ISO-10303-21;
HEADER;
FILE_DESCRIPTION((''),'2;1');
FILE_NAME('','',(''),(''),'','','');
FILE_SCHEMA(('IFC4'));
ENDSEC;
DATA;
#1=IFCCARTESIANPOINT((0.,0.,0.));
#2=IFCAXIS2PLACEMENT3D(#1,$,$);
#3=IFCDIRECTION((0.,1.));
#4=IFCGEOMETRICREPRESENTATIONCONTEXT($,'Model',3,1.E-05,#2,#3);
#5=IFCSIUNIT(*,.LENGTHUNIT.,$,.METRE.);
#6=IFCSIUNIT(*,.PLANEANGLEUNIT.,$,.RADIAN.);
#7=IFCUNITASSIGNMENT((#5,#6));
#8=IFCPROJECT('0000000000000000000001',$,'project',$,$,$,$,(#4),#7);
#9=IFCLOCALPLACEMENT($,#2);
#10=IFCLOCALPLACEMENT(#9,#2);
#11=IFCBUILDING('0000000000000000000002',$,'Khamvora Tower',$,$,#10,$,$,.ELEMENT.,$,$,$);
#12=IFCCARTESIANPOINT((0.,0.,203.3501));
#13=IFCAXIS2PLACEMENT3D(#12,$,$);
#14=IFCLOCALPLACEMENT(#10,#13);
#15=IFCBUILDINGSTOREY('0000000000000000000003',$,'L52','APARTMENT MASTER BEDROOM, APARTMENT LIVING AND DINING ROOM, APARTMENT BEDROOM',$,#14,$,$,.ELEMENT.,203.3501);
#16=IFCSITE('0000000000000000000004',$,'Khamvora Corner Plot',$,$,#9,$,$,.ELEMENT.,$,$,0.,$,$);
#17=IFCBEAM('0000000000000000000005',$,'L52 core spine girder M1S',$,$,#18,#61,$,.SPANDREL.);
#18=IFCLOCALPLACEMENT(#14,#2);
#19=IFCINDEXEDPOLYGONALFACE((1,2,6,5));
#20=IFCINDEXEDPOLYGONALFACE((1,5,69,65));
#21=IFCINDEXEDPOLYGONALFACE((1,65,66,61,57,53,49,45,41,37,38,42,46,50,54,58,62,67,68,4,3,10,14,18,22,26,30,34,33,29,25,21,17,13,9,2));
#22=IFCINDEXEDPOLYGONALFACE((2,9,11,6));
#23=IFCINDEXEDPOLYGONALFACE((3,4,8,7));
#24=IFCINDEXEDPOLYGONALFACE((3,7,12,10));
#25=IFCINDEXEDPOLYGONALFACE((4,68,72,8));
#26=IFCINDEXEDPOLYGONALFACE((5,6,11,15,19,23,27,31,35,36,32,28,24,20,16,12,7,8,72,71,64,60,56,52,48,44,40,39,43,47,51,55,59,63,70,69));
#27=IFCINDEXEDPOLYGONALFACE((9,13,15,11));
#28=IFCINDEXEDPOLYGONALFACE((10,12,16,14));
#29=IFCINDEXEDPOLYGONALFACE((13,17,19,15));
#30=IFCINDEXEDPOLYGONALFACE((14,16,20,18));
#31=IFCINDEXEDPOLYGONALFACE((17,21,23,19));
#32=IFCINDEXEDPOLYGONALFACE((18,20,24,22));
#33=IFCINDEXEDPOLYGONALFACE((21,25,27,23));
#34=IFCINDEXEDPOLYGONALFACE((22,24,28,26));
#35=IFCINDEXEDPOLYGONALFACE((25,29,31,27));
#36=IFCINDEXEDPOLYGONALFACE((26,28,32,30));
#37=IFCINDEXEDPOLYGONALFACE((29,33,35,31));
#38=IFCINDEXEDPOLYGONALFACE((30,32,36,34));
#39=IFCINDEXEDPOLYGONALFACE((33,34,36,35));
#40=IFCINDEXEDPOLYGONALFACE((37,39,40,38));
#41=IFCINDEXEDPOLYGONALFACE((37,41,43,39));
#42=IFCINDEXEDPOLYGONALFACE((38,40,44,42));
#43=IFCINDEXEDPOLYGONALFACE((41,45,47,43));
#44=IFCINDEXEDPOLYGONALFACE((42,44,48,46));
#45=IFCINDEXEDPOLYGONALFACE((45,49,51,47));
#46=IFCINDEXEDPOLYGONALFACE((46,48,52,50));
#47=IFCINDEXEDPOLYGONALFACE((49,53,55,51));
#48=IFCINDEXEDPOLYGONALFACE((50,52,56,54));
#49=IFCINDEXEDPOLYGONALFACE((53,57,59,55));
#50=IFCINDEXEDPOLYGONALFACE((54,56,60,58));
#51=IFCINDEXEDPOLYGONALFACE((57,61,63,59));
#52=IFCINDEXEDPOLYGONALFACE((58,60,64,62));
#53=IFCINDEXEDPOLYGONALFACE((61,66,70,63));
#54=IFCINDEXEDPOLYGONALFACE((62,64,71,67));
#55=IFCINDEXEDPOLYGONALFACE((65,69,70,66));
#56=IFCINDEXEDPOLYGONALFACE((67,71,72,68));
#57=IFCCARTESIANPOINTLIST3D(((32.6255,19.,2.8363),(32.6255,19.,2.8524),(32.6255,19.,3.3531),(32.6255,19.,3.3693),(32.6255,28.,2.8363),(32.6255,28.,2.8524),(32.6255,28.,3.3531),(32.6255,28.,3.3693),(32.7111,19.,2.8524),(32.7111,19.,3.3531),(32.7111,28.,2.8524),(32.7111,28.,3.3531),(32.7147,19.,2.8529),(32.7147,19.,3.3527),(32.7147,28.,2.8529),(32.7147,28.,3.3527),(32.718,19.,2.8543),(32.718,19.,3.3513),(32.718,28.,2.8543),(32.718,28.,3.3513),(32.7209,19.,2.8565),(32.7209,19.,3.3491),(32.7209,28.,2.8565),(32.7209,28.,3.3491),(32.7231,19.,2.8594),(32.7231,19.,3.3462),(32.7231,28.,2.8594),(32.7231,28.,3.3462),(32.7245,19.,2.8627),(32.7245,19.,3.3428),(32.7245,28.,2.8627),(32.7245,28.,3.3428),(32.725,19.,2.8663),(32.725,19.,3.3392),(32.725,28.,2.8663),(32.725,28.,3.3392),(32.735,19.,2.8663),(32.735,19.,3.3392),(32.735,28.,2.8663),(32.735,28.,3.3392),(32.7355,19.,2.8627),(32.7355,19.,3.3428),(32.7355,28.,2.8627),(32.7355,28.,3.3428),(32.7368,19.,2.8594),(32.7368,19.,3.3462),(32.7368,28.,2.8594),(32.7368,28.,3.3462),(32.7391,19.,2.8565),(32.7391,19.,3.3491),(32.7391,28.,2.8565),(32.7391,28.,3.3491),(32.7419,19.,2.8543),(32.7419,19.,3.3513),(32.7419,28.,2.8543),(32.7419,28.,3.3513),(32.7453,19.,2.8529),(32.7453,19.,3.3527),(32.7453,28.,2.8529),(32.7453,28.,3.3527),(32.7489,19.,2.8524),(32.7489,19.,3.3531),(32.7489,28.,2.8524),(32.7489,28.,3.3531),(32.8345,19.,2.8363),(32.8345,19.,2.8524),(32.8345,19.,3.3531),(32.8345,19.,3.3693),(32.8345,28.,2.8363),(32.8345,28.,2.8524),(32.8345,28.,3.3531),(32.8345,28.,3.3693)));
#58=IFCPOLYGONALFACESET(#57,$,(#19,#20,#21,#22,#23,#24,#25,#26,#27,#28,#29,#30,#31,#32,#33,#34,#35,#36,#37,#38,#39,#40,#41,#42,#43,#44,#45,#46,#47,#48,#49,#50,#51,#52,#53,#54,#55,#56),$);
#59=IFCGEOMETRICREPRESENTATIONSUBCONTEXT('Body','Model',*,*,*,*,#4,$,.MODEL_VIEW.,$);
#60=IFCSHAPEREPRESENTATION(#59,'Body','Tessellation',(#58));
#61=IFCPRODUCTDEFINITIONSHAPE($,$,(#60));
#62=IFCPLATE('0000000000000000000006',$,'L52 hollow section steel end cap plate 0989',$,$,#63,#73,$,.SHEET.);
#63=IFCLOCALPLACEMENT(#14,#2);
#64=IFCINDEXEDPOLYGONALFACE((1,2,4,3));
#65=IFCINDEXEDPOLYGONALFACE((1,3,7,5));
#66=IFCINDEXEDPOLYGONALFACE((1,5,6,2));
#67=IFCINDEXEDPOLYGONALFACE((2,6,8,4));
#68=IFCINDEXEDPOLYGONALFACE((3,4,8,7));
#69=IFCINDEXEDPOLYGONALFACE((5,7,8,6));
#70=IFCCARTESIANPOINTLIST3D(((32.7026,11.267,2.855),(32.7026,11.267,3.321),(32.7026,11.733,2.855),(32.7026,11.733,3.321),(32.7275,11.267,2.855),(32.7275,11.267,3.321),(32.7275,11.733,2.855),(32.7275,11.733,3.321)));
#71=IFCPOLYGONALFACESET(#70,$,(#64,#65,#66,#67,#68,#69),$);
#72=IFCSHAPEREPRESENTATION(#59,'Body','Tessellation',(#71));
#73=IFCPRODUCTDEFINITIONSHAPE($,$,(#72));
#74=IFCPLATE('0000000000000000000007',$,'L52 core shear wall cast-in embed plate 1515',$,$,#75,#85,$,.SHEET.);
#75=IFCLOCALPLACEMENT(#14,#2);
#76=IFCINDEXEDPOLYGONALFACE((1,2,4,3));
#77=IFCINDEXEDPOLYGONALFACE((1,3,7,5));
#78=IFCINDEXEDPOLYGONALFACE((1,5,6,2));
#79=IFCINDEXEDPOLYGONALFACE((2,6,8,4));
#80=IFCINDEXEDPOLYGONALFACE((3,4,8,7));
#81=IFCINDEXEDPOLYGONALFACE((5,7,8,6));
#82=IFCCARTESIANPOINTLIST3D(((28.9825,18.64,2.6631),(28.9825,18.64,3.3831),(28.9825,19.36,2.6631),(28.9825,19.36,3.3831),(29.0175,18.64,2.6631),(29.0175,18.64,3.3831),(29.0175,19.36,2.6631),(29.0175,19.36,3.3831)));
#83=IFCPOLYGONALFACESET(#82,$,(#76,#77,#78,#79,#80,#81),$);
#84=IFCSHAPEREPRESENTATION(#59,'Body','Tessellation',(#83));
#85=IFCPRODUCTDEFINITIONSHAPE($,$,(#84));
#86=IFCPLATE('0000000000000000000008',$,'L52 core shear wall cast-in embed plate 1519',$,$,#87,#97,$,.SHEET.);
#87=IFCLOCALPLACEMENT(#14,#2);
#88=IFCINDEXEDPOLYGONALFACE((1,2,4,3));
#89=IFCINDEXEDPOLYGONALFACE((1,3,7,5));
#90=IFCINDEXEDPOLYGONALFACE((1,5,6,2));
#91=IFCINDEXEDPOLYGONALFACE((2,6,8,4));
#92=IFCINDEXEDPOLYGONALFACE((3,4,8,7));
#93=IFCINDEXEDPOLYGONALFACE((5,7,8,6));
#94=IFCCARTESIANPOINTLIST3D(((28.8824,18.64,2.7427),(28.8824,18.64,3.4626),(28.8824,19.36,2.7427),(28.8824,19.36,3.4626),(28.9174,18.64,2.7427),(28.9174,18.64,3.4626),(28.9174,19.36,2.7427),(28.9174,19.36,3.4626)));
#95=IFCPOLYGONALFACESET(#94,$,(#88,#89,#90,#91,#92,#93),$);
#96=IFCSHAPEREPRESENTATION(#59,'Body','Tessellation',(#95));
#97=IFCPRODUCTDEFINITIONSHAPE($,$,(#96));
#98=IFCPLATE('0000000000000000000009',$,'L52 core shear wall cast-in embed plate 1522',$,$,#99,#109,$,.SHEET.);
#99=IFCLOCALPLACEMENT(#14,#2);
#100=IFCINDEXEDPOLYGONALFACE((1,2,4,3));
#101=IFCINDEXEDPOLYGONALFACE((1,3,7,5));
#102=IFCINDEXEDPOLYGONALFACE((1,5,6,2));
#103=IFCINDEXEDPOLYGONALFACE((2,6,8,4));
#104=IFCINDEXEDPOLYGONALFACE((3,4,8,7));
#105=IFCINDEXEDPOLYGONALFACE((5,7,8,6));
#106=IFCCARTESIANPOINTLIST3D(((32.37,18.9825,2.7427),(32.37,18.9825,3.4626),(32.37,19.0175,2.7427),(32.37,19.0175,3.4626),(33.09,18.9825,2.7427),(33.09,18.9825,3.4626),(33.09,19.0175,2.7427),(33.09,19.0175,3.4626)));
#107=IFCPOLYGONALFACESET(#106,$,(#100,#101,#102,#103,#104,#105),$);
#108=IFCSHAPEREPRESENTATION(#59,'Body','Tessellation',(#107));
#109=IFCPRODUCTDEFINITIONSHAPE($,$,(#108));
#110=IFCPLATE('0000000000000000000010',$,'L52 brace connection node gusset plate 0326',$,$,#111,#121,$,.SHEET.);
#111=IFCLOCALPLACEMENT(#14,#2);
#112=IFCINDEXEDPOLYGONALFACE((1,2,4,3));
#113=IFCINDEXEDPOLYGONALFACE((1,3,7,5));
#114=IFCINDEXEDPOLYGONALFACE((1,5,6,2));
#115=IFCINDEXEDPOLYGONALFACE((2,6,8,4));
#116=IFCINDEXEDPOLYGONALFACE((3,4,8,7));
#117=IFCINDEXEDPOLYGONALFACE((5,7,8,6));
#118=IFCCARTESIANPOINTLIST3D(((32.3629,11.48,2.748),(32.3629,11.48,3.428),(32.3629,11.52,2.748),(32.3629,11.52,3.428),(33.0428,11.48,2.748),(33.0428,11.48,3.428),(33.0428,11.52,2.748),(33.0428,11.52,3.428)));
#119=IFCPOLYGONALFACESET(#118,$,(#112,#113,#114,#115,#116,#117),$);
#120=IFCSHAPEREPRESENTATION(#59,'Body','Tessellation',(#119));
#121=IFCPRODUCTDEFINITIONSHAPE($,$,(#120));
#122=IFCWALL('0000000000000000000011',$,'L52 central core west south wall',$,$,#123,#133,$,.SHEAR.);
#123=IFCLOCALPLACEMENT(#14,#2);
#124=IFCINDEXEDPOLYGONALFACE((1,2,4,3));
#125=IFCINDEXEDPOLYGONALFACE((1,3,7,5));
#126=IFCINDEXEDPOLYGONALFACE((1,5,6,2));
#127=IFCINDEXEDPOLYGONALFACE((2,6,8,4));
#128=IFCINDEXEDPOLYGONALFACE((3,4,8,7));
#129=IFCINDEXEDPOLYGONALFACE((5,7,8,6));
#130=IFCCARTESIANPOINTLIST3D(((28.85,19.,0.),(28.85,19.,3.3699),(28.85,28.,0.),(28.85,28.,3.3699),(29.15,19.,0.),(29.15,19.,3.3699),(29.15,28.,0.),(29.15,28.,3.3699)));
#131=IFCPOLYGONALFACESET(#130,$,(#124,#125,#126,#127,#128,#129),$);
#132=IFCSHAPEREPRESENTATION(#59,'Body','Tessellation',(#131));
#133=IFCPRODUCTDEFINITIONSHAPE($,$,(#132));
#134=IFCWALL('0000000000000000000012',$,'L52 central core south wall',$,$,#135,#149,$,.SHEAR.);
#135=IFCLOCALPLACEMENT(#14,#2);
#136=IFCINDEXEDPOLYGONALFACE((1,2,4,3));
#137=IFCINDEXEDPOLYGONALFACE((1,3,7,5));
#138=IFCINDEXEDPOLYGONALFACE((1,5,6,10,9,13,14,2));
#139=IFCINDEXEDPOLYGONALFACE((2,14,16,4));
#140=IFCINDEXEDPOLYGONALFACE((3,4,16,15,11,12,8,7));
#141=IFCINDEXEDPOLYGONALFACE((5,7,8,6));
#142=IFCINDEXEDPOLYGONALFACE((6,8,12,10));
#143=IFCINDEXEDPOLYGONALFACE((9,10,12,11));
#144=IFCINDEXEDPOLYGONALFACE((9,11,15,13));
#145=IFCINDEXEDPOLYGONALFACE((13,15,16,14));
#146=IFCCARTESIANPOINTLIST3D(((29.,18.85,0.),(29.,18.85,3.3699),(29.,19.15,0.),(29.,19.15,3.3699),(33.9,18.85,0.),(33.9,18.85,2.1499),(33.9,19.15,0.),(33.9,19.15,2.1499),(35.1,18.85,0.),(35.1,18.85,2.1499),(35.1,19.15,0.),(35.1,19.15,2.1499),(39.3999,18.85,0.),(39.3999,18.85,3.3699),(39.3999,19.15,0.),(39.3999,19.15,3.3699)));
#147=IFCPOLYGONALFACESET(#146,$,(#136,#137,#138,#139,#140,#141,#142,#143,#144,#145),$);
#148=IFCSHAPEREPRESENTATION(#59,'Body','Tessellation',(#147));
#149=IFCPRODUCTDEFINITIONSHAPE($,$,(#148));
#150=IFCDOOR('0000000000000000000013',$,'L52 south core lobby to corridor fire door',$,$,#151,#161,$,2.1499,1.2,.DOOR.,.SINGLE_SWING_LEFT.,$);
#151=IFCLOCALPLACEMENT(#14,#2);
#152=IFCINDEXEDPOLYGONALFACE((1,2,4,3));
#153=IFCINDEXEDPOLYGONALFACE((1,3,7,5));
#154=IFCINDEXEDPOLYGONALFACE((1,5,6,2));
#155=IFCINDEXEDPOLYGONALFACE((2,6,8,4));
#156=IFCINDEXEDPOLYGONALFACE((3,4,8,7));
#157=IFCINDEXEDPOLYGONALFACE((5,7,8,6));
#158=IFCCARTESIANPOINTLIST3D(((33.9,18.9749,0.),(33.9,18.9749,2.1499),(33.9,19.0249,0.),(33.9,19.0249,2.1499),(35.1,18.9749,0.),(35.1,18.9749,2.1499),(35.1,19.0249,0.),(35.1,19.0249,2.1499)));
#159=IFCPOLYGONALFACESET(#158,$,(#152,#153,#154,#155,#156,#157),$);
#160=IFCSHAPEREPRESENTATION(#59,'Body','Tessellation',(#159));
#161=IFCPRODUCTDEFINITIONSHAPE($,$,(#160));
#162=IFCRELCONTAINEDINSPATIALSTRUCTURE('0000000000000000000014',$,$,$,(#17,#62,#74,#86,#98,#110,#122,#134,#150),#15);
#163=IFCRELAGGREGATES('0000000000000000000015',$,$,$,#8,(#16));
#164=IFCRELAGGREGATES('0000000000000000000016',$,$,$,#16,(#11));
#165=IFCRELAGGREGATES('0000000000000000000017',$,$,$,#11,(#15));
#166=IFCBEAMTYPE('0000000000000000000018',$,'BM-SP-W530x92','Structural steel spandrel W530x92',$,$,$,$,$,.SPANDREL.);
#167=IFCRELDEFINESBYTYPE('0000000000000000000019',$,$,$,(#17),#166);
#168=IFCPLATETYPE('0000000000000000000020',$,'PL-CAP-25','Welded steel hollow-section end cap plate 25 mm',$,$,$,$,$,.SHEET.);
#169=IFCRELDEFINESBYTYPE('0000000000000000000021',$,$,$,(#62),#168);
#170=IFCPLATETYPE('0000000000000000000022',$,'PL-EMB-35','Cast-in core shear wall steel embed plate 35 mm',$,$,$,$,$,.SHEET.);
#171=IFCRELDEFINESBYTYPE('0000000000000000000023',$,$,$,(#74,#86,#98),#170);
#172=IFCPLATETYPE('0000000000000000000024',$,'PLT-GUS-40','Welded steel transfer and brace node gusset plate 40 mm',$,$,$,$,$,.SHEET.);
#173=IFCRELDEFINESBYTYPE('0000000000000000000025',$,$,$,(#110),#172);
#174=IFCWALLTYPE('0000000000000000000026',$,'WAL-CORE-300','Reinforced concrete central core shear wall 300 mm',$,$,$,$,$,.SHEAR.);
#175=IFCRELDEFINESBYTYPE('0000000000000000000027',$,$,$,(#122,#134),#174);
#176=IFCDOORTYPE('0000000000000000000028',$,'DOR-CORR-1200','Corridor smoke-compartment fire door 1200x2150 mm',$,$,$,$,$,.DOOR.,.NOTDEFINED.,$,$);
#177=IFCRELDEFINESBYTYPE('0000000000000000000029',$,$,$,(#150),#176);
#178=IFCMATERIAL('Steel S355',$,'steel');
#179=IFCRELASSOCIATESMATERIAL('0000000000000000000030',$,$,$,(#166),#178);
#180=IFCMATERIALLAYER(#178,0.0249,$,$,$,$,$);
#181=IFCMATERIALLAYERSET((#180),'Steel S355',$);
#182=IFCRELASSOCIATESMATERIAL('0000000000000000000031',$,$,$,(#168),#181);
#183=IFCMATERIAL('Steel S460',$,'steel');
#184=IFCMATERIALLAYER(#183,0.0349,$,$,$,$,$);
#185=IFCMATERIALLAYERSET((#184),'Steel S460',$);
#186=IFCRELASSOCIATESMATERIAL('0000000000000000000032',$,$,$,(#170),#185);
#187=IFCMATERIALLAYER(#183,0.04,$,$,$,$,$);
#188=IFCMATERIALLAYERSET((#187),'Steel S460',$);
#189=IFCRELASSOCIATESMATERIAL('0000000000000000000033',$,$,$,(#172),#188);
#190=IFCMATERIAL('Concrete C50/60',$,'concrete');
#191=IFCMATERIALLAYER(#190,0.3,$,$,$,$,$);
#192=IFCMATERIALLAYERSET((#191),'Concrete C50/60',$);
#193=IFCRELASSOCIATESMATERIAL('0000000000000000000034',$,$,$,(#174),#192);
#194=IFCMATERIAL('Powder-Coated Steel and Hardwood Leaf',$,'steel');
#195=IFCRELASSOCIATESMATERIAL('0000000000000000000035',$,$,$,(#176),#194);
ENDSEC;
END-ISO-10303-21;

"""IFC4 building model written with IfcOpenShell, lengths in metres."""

from ifc_helpers import new_model, si_unit, direction, frame, frame_2d, origin, origin_2d, place, context, subcontext, project, spatial, rectangle, i_section, extrude, material, layer, layer_set, material_profile, profile_set, type_object, element, fill, save


model = new_model("IFC4")

# Units and contexts
model_context = context("Model", 3, precision=1e-05, world=origin(), true_north=direction((0.0, 1.0)))
body_context = subcontext(model_context, "Body", "Model", "MODEL_VIEW")
ifc_project = project(units=[si_unit("LENGTHUNIT", "METRE"), si_unit("PLANEANGLEUNIT", "RADIAN")], contexts=[model_context])

# Site, building, storey
site_placement = place(None, origin())
site = spatial("IfcSite", under=ifc_project, at=site_placement, Name="Khamvora Corner Plot", CompositionType="ELEMENT", RefElevation=0.0)
building_placement = place(site_placement, origin())
building = spatial("IfcBuilding", under=site, at=building_placement, Name="Khamvora Tower", CompositionType="ELEMENT")
storey_placement = place(building_placement, frame((0.0, 0.0, 203.3501)))
storey = spatial("IfcBuildingStorey", under=building, at=storey_placement, Name="L52", Description="APARTMENT MASTER BEDROOM, APARTMENT LIVING AND DINING ROOM, APARTMENT BEDROOM", CompositionType="ELEMENT", Elevation=203.3501)

# Shared definitions
ifc_material_1 = material(Name="Steel S460", Category="steel")

# Beam
ifc_material_2 = material(Name="Steel S355", Category="steel")
ifc_material_profile_1 = material_profile(ifc_material_2, i_section(OverallWidth=0.209, OverallDepth=0.533, WebThickness=0.01, FlangeThickness=0.0161, FilletRadius=0.0139, at=origin_2d()), Name="W530x92")
ifc_profile_set_1 = profile_set([ifc_material_profile_1], Name="Steel S355")
beam_type_1 = type_object("IfcBeamType", Name="BM-SP-W530x92", Description="Structural steel spandrel W530x92", PredefinedType="SPANDREL", material=ifc_profile_set_1)
for number, where, z_axis, x_axis, name in (
    (1, (32.73, 19.0, 3.1028), (0.0, 1.0, 0.0), (-1.0, 0.0, 0.0), "L52 core spine girder M1S"),
):
    element("IfcBeam", number, at=place(storey_placement, frame(where, z_axis=z_axis, x_axis=x_axis)), inside=storey, type_object=beam_type_1, Name=name, PredefinedType="SPANDREL", context=body_context, shape_type="SweptSolid", body=[
        extrude(i_section(OverallWidth=0.209, OverallDepth=0.533, WebThickness=0.01, FlangeThickness=0.0161, FilletRadius=0.0139, at=origin_2d()), origin(), (0.0, 0.0, 1.0), 9.0),
    ])

# Plates
ifc_layer_1 = layer(ifc_material_2, 0.0249)
ifc_layer_set_1 = layer_set([ifc_layer_1], Name="Steel S355")
plate_type_1 = type_object("IfcPlateType", Name="PL-CAP-25", Description="Welded steel hollow-section end cap plate 25 mm", PredefinedType="SHEET", material=ifc_layer_set_1)
plate_1_placement = place(storey_placement, frame((32.7151, 11.5, 2.855), z_axis=(0.0, 0.0, 1.0), x_axis=(1.0, 0.0, 0.0)))
element("IfcPlate", 2, at=plate_1_placement, inside=storey, type_object=plate_type_1, Name="L52 hollow section steel end cap plate 0989", PredefinedType="SHEET", context=body_context, shape_type="SweptSolid", body=[
    extrude(rectangle(XDim=0.0249, YDim=0.4661, at=origin_2d()), origin(), (0.0, 0.0, 1.0), 0.4661),
])
ifc_layer_2 = layer(ifc_material_1, 0.0349)
ifc_layer_set_2 = layer_set([ifc_layer_2], Name="Steel S460")
plate_type_2 = type_object("IfcPlateType", Name="PL-EMB-35", Description="Cast-in core shear wall steel embed plate 35 mm", PredefinedType="SHEET", material=ifc_layer_set_2)
for number, where, z_axis, x_axis, name in (
    (3, (29.0, 19.0, 2.6631), (0.0, 0.0, 1.0), (1.0, 0.0, 0.0), "L52 core shear wall cast-in embed plate 1515"),
    (4, (28.8999, 19.0, 2.7427), (0.0, 0.0, 1.0), (1.0, 0.0, 0.0), "L52 core shear wall cast-in embed plate 1519"),
):
    element("IfcPlate", number, at=place(storey_placement, frame(where, z_axis=z_axis, x_axis=x_axis)), inside=storey, type_object=plate_type_2, Name=name, PredefinedType="SHEET", context=body_context, shape_type="SweptSolid", body=[
        extrude(rectangle(XDim=0.0349, YDim=0.72, at=origin_2d()), origin(), (0.0, 0.0, 1.0), 0.72),
    ])
plate_2_placement = place(storey_placement, frame((32.73, 19.0, 2.7427), z_axis=(0.0, 0.0, 1.0), x_axis=(1.0, 0.0, 0.0)))
element("IfcPlate", 5, at=plate_2_placement, inside=storey, type_object=plate_type_2, Name="L52 core shear wall cast-in embed plate 1522", PredefinedType="SHEET", context=body_context, shape_type="SweptSolid", body=[
    extrude(rectangle(XDim=0.72, YDim=0.0349, at=origin_2d()), origin(), (0.0, 0.0, 1.0), 0.72),
])
ifc_layer_3 = layer(ifc_material_1, 0.04)
ifc_layer_set_3 = layer_set([ifc_layer_3], Name="Steel S460")
plate_type_3 = type_object("IfcPlateType", Name="PLT-GUS-40", Description="Welded steel transfer and brace node gusset plate 40 mm", PredefinedType="SHEET", material=ifc_layer_set_3)
plate_3_placement = place(storey_placement, frame((32.7029, 11.5, 2.748), z_axis=(0.0, 0.0, 1.0), x_axis=(1.0, 0.0, 0.0)))
element("IfcPlate", 6, at=plate_3_placement, inside=storey, type_object=plate_type_3, Name="L52 brace connection node gusset plate 0326", PredefinedType="SHEET", context=body_context, shape_type="SweptSolid", body=[
    extrude(rectangle(XDim=0.6799, YDim=0.04, at=origin_2d()), origin(), (0.0, 0.0, 1.0), 0.6799),
])

# Wall
ifc_material_3 = material(Name="Concrete C50/60", Category="concrete")
ifc_layer_4 = layer(ifc_material_3, 0.3)
ifc_layer_set_4 = layer_set([ifc_layer_4], Name="Concrete C50/60")
wall_type_1 = type_object("IfcWallType", Name="WAL-CORE-300", Description="Reinforced concrete central core shear wall 300 mm", PredefinedType="SHEAR", material=ifc_layer_set_4)
wall_1_placement = place(storey_placement, frame((29.0, 19.0, 0.0), z_axis=(0.0, 0.0, 1.0), x_axis=(0.0, 1.0, 0.0)))
element("IfcWall", 7, at=wall_1_placement, inside=storey, type_object=wall_type_1, Name="L52 central core west south wall", PredefinedType="SHEAR", context=body_context, shape_type="SweptSolid", body=[
    extrude(rectangle(XDim=9.0, YDim=0.3, at=frame_2d((4.5, 0.0))), origin(), (0.0, 0.0, 1.0), 3.3699),
])

# Wall, opening, door
wall_2_placement = place(storey_placement, frame((29.0, 19.0, 0.0), z_axis=(0.0, 0.0, 1.0), x_axis=(1.0, 0.0, 0.0)))
wall_2 = element("IfcWall", 8, at=wall_2_placement, inside=storey, type_object=wall_type_1, Name="L52 central core south wall", PredefinedType="SHEAR", context=body_context, shape_type="SweptSolid", body=[
    extrude(rectangle(XDim=10.3999, YDim=0.3, at=frame_2d((5.2, 0.0))), origin(), (0.0, 0.0, 1.0), 3.3699),
])
opening_1_placement = place(wall_2_placement, frame((4.8999, 0.0, 0.0)))
opening_1 = element("IfcOpeningElement", 9, at=opening_1_placement, cuts=wall_2, PredefinedType="OPENING", context=body_context, shape_type="SweptSolid", body=[
    extrude(rectangle(XDim=1.2, YDim=2.1499, at=frame_2d((0.6001, 1.075))), frame((0.0, 0.1599, 0.0), z_axis=(0.0, -1.0, 0.0), x_axis=(1.0, 0.0, 0.0)), (0.0, 0.0, 1.0), 0.3201),
])
ifc_material_4 = material(Name="Powder-Coated Steel and Hardwood Leaf", Category="steel")
door_type_1 = type_object("IfcDoorType", Name="DOR-CORR-1200", Description="Corridor smoke-compartment fire door 1200x2150 mm", OperationType="NOTDEFINED", PredefinedType="DOOR", material=ifc_material_4)
door_1_placement = place(opening_1_placement, origin())
door_1 = element("IfcDoor", 10, at=door_1_placement, inside=storey, type_object=door_type_1, Name="L52 south core lobby to corridor fire door", OperationType="SINGLE_SWING_LEFT", OverallHeight=2.1499, OverallWidth=1.2, PredefinedType="DOOR", context=body_context, shape_type="SweptSolid", body=[
    extrude(rectangle(XDim=1.2, YDim=2.1499, at=frame_2d((0.6001, 1.075))), frame((0.0, 0.0249, 0.0), z_axis=(0.0, -1.0, 0.0), x_axis=(1.0, 0.0, 0.0)), (0.0, 0.0, 1.0), 0.05),
])
fill(opening_1, door_1)

save(model, "model.ifc")
